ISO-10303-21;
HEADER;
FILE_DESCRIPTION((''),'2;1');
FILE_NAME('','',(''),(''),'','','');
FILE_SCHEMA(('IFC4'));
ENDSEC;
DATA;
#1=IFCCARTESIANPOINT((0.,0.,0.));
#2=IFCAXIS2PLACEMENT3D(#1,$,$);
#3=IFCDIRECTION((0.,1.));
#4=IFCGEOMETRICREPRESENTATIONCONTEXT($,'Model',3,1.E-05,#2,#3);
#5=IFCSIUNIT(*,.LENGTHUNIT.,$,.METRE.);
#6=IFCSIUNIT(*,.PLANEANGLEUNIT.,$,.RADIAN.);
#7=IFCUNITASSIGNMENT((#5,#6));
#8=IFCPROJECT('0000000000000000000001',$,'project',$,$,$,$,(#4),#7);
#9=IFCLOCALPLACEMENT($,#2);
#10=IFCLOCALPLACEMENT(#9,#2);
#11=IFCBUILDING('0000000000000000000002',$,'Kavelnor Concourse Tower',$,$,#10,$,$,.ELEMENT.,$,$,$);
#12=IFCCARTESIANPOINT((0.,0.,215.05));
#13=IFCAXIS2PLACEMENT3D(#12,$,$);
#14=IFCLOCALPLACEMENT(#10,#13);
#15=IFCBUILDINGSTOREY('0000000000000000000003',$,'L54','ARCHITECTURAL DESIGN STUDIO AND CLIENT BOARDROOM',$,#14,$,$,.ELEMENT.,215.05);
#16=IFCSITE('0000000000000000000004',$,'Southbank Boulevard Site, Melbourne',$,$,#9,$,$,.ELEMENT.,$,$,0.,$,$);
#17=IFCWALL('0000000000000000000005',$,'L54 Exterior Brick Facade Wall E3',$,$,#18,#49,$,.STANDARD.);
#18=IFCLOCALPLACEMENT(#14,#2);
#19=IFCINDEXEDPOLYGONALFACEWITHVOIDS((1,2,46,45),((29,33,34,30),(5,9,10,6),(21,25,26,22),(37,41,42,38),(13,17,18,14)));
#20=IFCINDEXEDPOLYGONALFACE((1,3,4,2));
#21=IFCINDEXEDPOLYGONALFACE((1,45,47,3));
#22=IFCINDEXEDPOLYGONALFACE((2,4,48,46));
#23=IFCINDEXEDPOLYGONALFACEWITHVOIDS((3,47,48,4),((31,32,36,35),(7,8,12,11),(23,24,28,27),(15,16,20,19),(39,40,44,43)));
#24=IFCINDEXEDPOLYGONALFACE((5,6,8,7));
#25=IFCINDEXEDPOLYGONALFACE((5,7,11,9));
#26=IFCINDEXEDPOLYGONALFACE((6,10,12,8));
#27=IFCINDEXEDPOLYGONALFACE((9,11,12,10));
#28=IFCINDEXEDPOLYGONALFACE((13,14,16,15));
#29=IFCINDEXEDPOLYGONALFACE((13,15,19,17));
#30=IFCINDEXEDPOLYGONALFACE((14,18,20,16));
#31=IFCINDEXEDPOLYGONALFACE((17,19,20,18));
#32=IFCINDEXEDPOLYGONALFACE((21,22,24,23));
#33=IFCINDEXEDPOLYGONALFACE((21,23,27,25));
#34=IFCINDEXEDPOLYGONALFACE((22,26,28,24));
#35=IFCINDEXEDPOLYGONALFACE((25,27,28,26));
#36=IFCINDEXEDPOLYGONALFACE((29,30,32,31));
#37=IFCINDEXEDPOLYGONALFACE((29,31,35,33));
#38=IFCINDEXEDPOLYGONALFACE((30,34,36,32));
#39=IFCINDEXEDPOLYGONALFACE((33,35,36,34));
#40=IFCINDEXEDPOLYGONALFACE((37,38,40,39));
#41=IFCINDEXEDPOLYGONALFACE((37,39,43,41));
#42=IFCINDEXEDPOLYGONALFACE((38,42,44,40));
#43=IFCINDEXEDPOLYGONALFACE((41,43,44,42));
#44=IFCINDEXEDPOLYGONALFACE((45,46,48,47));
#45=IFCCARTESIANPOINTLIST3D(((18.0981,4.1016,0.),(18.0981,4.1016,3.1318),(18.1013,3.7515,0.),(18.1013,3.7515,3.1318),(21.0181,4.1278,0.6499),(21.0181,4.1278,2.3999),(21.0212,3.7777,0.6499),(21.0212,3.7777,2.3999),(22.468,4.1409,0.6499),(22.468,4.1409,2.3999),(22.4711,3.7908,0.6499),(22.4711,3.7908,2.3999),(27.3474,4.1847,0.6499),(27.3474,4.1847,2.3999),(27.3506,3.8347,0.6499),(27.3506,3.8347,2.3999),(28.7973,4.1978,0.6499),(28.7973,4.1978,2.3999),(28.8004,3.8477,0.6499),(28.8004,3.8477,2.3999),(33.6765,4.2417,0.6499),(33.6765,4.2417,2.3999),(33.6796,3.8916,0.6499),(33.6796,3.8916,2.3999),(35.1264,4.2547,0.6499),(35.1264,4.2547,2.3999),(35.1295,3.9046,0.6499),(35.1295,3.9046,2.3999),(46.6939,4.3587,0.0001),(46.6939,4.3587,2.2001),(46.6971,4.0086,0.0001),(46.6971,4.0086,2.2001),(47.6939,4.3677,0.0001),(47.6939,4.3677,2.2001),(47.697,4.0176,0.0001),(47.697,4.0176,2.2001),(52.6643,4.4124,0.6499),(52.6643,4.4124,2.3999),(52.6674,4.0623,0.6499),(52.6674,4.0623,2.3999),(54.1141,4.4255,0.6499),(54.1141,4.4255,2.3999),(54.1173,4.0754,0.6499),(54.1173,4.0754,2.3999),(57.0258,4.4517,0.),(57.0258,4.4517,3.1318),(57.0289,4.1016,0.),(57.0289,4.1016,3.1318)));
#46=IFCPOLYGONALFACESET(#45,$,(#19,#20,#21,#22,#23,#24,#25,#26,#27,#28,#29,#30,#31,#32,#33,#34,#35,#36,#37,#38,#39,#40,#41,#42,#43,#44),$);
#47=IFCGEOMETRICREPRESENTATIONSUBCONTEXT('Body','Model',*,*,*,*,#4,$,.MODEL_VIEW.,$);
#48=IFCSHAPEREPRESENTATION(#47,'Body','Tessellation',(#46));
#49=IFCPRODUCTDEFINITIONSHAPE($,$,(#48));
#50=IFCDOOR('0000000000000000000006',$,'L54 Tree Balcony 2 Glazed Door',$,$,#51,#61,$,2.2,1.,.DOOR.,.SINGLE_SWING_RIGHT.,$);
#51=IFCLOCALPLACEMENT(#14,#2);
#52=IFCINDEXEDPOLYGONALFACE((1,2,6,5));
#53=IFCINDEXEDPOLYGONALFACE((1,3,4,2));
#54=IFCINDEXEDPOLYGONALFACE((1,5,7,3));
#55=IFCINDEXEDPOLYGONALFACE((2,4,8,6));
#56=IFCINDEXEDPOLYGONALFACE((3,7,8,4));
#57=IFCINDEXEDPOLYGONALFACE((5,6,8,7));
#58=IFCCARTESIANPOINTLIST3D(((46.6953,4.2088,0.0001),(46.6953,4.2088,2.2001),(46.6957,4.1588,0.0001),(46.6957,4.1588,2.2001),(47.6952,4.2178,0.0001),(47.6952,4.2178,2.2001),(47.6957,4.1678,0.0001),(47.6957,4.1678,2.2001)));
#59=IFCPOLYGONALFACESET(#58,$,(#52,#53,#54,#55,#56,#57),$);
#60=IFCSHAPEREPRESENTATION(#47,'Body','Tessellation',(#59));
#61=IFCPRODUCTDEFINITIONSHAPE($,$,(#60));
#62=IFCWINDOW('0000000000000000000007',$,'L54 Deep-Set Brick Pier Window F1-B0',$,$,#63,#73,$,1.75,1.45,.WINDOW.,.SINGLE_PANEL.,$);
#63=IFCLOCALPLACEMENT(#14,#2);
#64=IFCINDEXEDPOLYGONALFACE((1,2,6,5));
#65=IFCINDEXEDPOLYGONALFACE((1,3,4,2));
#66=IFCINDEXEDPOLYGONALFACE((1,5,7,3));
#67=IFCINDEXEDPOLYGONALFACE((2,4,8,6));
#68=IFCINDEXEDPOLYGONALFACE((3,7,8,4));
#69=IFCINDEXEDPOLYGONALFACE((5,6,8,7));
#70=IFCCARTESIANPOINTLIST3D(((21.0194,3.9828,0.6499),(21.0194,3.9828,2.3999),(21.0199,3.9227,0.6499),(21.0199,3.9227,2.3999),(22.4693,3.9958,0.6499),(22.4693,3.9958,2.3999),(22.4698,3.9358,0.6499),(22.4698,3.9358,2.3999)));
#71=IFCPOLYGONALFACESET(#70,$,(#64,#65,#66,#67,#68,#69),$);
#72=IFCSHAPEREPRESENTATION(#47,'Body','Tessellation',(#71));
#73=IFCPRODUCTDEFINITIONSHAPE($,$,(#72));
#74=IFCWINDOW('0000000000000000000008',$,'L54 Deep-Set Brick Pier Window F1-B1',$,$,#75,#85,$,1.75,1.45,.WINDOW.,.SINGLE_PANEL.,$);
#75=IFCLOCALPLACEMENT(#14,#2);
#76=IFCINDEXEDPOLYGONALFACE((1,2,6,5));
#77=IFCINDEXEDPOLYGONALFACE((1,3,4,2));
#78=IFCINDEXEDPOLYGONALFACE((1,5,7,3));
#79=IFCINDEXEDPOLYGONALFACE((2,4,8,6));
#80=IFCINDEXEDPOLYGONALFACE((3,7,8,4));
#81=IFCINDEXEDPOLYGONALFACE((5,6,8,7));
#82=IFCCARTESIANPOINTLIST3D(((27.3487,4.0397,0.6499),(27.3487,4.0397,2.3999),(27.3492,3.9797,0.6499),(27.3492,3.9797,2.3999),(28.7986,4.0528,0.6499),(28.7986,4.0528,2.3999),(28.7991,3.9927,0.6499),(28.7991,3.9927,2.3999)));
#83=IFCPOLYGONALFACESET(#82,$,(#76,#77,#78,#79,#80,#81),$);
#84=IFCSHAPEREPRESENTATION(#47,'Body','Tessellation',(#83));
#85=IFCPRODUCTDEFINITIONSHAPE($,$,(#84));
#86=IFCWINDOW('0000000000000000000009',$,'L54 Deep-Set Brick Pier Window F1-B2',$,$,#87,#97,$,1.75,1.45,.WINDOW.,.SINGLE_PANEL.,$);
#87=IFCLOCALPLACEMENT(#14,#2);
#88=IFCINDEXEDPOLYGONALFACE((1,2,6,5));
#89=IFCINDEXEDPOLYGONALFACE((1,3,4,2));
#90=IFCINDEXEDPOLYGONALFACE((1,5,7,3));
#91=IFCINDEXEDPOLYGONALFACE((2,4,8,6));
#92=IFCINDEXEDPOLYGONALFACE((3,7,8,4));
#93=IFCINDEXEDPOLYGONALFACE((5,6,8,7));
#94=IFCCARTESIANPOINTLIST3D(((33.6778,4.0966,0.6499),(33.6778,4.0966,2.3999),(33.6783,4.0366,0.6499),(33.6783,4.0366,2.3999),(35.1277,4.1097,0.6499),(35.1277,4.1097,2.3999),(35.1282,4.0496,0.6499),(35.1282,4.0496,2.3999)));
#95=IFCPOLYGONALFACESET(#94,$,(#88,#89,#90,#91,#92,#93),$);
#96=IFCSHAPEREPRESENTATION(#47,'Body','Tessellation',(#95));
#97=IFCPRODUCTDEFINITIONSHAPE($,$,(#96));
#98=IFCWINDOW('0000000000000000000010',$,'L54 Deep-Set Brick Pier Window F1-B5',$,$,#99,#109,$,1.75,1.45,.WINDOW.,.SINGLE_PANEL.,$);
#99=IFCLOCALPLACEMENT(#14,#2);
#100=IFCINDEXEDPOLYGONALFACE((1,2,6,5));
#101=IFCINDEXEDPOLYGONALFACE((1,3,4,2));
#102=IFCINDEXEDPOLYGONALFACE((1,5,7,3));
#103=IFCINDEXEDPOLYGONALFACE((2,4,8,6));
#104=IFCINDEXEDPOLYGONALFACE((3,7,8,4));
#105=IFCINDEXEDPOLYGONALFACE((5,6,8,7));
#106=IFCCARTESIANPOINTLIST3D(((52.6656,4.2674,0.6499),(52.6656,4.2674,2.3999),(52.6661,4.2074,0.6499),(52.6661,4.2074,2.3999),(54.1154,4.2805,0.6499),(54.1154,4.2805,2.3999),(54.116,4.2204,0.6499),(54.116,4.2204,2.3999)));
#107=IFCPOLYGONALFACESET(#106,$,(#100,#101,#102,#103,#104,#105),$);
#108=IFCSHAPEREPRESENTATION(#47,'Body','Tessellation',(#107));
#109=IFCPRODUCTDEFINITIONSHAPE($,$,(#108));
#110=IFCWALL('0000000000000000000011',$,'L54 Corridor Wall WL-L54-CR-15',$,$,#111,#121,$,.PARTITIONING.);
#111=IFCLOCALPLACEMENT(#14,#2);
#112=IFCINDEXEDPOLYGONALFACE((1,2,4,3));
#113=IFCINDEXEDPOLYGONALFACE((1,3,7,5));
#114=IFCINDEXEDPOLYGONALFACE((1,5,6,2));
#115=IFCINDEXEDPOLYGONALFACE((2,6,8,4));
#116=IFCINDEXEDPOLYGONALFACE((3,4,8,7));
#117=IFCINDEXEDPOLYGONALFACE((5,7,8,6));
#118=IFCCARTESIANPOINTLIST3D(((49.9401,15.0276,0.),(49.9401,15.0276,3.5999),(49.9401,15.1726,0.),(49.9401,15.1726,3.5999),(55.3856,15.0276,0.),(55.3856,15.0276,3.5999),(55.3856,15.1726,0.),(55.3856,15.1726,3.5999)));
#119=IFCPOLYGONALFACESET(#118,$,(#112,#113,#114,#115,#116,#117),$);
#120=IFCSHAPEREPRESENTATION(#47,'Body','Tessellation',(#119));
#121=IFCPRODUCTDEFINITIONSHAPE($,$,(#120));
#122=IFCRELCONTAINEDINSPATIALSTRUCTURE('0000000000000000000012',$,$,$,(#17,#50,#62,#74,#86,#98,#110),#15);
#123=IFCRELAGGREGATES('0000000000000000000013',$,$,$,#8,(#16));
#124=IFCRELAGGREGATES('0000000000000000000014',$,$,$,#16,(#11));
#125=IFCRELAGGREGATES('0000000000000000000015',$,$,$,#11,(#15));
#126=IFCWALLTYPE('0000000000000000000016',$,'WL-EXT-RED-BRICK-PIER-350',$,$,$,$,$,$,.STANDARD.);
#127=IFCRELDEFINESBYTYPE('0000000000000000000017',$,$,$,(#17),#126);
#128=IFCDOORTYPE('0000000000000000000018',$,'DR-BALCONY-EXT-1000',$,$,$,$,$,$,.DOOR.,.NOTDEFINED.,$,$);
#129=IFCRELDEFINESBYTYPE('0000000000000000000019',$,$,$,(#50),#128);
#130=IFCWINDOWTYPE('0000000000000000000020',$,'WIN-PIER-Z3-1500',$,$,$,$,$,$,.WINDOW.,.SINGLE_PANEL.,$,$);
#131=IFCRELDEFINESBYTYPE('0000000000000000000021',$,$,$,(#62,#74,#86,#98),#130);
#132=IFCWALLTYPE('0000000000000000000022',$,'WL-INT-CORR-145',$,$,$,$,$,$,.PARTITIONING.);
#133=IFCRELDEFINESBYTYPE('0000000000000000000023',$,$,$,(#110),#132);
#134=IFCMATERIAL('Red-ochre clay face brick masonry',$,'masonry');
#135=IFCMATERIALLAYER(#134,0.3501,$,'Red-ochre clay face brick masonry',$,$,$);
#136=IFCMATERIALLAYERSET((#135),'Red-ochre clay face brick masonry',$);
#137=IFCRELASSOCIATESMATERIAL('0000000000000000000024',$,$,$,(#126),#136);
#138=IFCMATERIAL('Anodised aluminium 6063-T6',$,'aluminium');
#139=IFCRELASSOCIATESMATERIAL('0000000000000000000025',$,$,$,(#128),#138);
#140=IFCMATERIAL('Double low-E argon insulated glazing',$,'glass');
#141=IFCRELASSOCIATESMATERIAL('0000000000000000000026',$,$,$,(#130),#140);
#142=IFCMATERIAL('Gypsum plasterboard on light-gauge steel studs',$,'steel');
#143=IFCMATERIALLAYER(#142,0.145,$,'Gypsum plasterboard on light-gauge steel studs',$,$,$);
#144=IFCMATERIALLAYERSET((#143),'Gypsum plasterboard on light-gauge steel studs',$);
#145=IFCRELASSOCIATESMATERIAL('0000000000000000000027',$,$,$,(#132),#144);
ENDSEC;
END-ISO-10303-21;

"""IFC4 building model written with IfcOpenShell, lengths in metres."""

from ifc_helpers import new_model, si_unit, direction, frame, frame_2d, origin, place, context, subcontext, project, spatial, rectangle, extrude, material, layer, layer_set, type_object, element, fill, save


model = new_model("IFC4")

# Units and contexts
model_context = context("Model", 3, precision=1e-05, world=origin(), true_north=direction((0.0, 1.0)))
body_context = subcontext(model_context, "Body", "Model", "MODEL_VIEW")
ifc_project = project(units=[si_unit("LENGTHUNIT", "METRE"), si_unit("PLANEANGLEUNIT", "RADIAN")], contexts=[model_context])

# Site, building, storey
site_placement = place(None, origin())
site = spatial("IfcSite", under=ifc_project, at=site_placement, Name="Southbank Boulevard Site, Melbourne", CompositionType="ELEMENT", RefElevation=0.0)
building_placement = place(site_placement, origin())
building = spatial("IfcBuilding", under=site, at=building_placement, Name="Kavelnor Concourse Tower", CompositionType="ELEMENT")
storey_placement = place(building_placement, frame((0.0, 0.0, 215.05)))
storey = spatial("IfcBuildingStorey", under=building, at=storey_placement, Name="L54", Description="ARCHITECTURAL DESIGN STUDIO AND CLIENT BOARDROOM", CompositionType="ELEMENT", Elevation=215.05)

# Shared definitions
ifc_material_1 = material(Name="Double low-E argon insulated glazing", Category="glass")

# Wall, openings, door, windows
ifc_material_2 = material(Name="Red-ochre clay face brick masonry", Category="masonry")
ifc_layer_1 = layer(ifc_material_2, 0.3501, Name="Red-ochre clay face brick masonry")
ifc_layer_set_1 = layer_set([ifc_layer_1], Name="Red-ochre clay face brick masonry")
wall_type_1 = type_object("IfcWallType", Name="WL-EXT-RED-BRICK-PIER-350", PredefinedType="STANDARD", material=ifc_layer_set_1)
wall_1_placement = place(storey_placement, frame((57.0273, 4.2766, 0.0), z_axis=(0.0, 0.0, 1.0), x_axis=(-0.99996, -0.008993, 0.0)))
wall_1 = element("IfcWall", 1, at=wall_1_placement, inside=storey, type_object=wall_type_1, Name="L54 Exterior Brick Facade Wall E3", PredefinedType="STANDARD", context=body_context, shape_type="SweptSolid", body=[
    extrude(rectangle(XDim=38.9292, YDim=0.3501, at=frame_2d((19.4646, 0.0))), origin(), (0.0, 0.0, 1.0), 3.1318),
])
opening_1_placement = place(wall_1_placement, frame((9.3323, 0.0, 0.0)))
opening_1 = element("IfcOpeningElement", 2, at=opening_1_placement, cuts=wall_1, PredefinedType="OPENING", context=body_context, shape_type="SweptSolid", body=[
    extrude(rectangle(XDim=1.0, YDim=2.2, at=frame_2d((0.5, 1.1001))), frame((0.0, 0.1851, 0.0), z_axis=(0.0, -1.0, 0.0), x_axis=(1.0, 0.0, 0.0)), (0.0, 0.0, 1.0), 0.3701),
])
opening_2_placement = place(wall_1_placement, frame((34.5591, 0.0, 0.6499)))
opening_2 = element("IfcOpeningElement", 3, at=opening_2_placement, cuts=wall_1, PredefinedType="OPENING", context=body_context, shape_type="SweptSolid", body=[
    extrude(rectangle(XDim=1.45, YDim=1.75, at=frame_2d((0.7251, 0.875))), frame((0.0, 0.1851, 0.0), z_axis=(0.0, -1.0, 0.0), x_axis=(1.0, 0.0, 0.0)), (0.0, 0.0, 1.0), 0.3701),
])
opening_3_placement = place(wall_1_placement, frame((28.2295, 0.0, 0.6499)))
opening_3 = element("IfcOpeningElement", 4, at=opening_3_placement, cuts=wall_1, PredefinedType="OPENING", context=body_context, shape_type="SweptSolid", body=[
    extrude(rectangle(XDim=1.45, YDim=1.75, at=frame_2d((0.7251, 0.875))), frame((0.0, 0.1851, 0.0), z_axis=(0.0, -1.0, 0.0), x_axis=(1.0, 0.0, 0.0)), (0.0, 0.0, 1.0), 0.3701),
])
opening_4_placement = place(wall_1_placement, frame((21.9001, 0.0, 0.6499)))
opening_4 = element("IfcOpeningElement", 5, at=opening_4_placement, cuts=wall_1, PredefinedType="OPENING", context=body_context, shape_type="SweptSolid", body=[
    extrude(rectangle(XDim=1.45, YDim=1.75, at=frame_2d((0.7251, 0.875))), frame((0.0, 0.1851, 0.0), z_axis=(0.0, -1.0, 0.0), x_axis=(1.0, 0.0, 0.0)), (0.0, 0.0, 1.0), 0.3701),
])
opening_5_placement = place(wall_1_placement, frame((2.9116, 0.0, 0.6499)))
opening_5 = element("IfcOpeningElement", 6, at=opening_5_placement, cuts=wall_1, PredefinedType="OPENING", context=body_context, shape_type="SweptSolid", body=[
    extrude(rectangle(XDim=1.45, YDim=1.75, at=frame_2d((0.7251, 0.875))), frame((0.0, 0.1851, 0.0), z_axis=(0.0, -1.0, 0.0), x_axis=(1.0, 0.0, 0.0)), (0.0, 0.0, 1.0), 0.3701),
])
ifc_material_3 = material(Name="Anodised aluminium 6063-T6", Category="aluminium")
door_type = type_object("IfcDoorType", Name="DR-BALCONY-EXT-1000", OperationType="NOTDEFINED", PredefinedType="DOOR", material=ifc_material_3)
door_placement = place(opening_1_placement, origin())
door = element("IfcDoor", 7, at=door_placement, inside=storey, type_object=door_type, Name="L54 Tree Balcony 2 Glazed Door", OperationType="SINGLE_SWING_RIGHT", OverallHeight=2.2, OverallWidth=1.0, PredefinedType="DOOR", context=body_context, shape_type="SweptSolid", body=[
    extrude(rectangle(XDim=1.0, YDim=2.2, at=frame_2d((0.5, 1.1001))), frame((0.0, 0.0249, 0.0), z_axis=(0.0, -1.0, 0.0), x_axis=(1.0, 0.0, 0.0)), (0.0, 0.0, 1.0), 0.05),
])
fill(opening_1, door)
window_type_1 = type_object("IfcWindowType", Name="WIN-PIER-Z3-1500", PartitioningType="SINGLE_PANEL", PredefinedType="WINDOW", material=ifc_material_1)
window_1_placement = place(opening_2_placement, origin())
window_1 = element("IfcWindow", 8, at=window_1_placement, inside=storey, type_object=window_type_1, Name="L54 Deep-Set Brick Pier Window F1-B0", OverallHeight=1.75, OverallWidth=1.45, PartitioningType="SINGLE_PANEL", PredefinedType="WINDOW", context=body_context, shape_type="SweptSolid", body=[
    extrude(rectangle(XDim=1.45, YDim=1.75, at=frame_2d((0.7251, 0.875))), frame((0.0, 0.03, 0.0), z_axis=(0.0, -1.0, 0.0), x_axis=(1.0, 0.0, 0.0)), (0.0, 0.0, 1.0), 0.0601),
])
fill(opening_2, window_1)
window_2_placement = place(opening_3_placement, origin())
window_2 = element("IfcWindow", 9, at=window_2_placement, inside=storey, type_object=window_type_1, Name="L54 Deep-Set Brick Pier Window F1-B1", OverallHeight=1.75, OverallWidth=1.45, PartitioningType="SINGLE_PANEL", PredefinedType="WINDOW", context=body_context, shape_type="SweptSolid", body=[
    extrude(rectangle(XDim=1.45, YDim=1.75, at=frame_2d((0.7251, 0.875))), frame((0.0, 0.03, 0.0), z_axis=(0.0, -1.0, 0.0), x_axis=(1.0, 0.0, 0.0)), (0.0, 0.0, 1.0), 0.0601),
])
fill(opening_3, window_2)
window_3_placement = place(opening_4_placement, origin())
window_3 = element("IfcWindow", 10, at=window_3_placement, inside=storey, type_object=window_type_1, Name="L54 Deep-Set Brick Pier Window F1-B2", OverallHeight=1.75, OverallWidth=1.45, PartitioningType="SINGLE_PANEL", PredefinedType="WINDOW", context=body_context, shape_type="SweptSolid", body=[
    extrude(rectangle(XDim=1.45, YDim=1.75, at=frame_2d((0.7251, 0.875))), frame((0.0, 0.03, 0.0), z_axis=(0.0, -1.0, 0.0), x_axis=(1.0, 0.0, 0.0)), (0.0, 0.0, 1.0), 0.0601),
])
fill(opening_4, window_3)
window_4_placement = place(opening_5_placement, origin())
window_4 = element("IfcWindow", 11, at=window_4_placement, inside=storey, type_object=window_type_1, Name="L54 Deep-Set Brick Pier Window F1-B5", OverallHeight=1.75, OverallWidth=1.45, PartitioningType="SINGLE_PANEL", PredefinedType="WINDOW", context=body_context, shape_type="SweptSolid", body=[
    extrude(rectangle(XDim=1.45, YDim=1.75, at=frame_2d((0.7251, 0.875))), frame((0.0, 0.03, 0.0), z_axis=(0.0, -1.0, 0.0), x_axis=(1.0, 0.0, 0.0)), (0.0, 0.0, 1.0), 0.0601),
])
fill(opening_5, window_4)

# Wall
ifc_material_4 = material(Name="Gypsum plasterboard on light-gauge steel studs", Category="steel")
ifc_layer_2 = layer(ifc_material_4, 0.145, Name="Gypsum plasterboard on light-gauge steel studs")
ifc_layer_set_2 = layer_set([ifc_layer_2], Name="Gypsum plasterboard on light-gauge steel studs")
wall_type_2 = type_object("IfcWallType", Name="WL-INT-CORR-145", PredefinedType="PARTITIONING", material=ifc_layer_set_2)
wall_2_placement = place(storey_placement, frame((55.3855, 15.1001, 0.0), z_axis=(0.0, 0.0, 1.0), x_axis=(-1.0, 0.0, 0.0)))
element("IfcWall", 12, at=wall_2_placement, inside=storey, type_object=wall_type_2, Name="L54 Corridor Wall WL-L54-CR-15", PredefinedType="PARTITIONING", context=body_context, shape_type="SweptSolid", body=[
    extrude(rectangle(XDim=5.4456, YDim=0.145, at=frame_2d((2.7227, 0.0))), origin(), (0.0, 0.0, 1.0), 3.5999),
])

save(model, "model.ifc")
